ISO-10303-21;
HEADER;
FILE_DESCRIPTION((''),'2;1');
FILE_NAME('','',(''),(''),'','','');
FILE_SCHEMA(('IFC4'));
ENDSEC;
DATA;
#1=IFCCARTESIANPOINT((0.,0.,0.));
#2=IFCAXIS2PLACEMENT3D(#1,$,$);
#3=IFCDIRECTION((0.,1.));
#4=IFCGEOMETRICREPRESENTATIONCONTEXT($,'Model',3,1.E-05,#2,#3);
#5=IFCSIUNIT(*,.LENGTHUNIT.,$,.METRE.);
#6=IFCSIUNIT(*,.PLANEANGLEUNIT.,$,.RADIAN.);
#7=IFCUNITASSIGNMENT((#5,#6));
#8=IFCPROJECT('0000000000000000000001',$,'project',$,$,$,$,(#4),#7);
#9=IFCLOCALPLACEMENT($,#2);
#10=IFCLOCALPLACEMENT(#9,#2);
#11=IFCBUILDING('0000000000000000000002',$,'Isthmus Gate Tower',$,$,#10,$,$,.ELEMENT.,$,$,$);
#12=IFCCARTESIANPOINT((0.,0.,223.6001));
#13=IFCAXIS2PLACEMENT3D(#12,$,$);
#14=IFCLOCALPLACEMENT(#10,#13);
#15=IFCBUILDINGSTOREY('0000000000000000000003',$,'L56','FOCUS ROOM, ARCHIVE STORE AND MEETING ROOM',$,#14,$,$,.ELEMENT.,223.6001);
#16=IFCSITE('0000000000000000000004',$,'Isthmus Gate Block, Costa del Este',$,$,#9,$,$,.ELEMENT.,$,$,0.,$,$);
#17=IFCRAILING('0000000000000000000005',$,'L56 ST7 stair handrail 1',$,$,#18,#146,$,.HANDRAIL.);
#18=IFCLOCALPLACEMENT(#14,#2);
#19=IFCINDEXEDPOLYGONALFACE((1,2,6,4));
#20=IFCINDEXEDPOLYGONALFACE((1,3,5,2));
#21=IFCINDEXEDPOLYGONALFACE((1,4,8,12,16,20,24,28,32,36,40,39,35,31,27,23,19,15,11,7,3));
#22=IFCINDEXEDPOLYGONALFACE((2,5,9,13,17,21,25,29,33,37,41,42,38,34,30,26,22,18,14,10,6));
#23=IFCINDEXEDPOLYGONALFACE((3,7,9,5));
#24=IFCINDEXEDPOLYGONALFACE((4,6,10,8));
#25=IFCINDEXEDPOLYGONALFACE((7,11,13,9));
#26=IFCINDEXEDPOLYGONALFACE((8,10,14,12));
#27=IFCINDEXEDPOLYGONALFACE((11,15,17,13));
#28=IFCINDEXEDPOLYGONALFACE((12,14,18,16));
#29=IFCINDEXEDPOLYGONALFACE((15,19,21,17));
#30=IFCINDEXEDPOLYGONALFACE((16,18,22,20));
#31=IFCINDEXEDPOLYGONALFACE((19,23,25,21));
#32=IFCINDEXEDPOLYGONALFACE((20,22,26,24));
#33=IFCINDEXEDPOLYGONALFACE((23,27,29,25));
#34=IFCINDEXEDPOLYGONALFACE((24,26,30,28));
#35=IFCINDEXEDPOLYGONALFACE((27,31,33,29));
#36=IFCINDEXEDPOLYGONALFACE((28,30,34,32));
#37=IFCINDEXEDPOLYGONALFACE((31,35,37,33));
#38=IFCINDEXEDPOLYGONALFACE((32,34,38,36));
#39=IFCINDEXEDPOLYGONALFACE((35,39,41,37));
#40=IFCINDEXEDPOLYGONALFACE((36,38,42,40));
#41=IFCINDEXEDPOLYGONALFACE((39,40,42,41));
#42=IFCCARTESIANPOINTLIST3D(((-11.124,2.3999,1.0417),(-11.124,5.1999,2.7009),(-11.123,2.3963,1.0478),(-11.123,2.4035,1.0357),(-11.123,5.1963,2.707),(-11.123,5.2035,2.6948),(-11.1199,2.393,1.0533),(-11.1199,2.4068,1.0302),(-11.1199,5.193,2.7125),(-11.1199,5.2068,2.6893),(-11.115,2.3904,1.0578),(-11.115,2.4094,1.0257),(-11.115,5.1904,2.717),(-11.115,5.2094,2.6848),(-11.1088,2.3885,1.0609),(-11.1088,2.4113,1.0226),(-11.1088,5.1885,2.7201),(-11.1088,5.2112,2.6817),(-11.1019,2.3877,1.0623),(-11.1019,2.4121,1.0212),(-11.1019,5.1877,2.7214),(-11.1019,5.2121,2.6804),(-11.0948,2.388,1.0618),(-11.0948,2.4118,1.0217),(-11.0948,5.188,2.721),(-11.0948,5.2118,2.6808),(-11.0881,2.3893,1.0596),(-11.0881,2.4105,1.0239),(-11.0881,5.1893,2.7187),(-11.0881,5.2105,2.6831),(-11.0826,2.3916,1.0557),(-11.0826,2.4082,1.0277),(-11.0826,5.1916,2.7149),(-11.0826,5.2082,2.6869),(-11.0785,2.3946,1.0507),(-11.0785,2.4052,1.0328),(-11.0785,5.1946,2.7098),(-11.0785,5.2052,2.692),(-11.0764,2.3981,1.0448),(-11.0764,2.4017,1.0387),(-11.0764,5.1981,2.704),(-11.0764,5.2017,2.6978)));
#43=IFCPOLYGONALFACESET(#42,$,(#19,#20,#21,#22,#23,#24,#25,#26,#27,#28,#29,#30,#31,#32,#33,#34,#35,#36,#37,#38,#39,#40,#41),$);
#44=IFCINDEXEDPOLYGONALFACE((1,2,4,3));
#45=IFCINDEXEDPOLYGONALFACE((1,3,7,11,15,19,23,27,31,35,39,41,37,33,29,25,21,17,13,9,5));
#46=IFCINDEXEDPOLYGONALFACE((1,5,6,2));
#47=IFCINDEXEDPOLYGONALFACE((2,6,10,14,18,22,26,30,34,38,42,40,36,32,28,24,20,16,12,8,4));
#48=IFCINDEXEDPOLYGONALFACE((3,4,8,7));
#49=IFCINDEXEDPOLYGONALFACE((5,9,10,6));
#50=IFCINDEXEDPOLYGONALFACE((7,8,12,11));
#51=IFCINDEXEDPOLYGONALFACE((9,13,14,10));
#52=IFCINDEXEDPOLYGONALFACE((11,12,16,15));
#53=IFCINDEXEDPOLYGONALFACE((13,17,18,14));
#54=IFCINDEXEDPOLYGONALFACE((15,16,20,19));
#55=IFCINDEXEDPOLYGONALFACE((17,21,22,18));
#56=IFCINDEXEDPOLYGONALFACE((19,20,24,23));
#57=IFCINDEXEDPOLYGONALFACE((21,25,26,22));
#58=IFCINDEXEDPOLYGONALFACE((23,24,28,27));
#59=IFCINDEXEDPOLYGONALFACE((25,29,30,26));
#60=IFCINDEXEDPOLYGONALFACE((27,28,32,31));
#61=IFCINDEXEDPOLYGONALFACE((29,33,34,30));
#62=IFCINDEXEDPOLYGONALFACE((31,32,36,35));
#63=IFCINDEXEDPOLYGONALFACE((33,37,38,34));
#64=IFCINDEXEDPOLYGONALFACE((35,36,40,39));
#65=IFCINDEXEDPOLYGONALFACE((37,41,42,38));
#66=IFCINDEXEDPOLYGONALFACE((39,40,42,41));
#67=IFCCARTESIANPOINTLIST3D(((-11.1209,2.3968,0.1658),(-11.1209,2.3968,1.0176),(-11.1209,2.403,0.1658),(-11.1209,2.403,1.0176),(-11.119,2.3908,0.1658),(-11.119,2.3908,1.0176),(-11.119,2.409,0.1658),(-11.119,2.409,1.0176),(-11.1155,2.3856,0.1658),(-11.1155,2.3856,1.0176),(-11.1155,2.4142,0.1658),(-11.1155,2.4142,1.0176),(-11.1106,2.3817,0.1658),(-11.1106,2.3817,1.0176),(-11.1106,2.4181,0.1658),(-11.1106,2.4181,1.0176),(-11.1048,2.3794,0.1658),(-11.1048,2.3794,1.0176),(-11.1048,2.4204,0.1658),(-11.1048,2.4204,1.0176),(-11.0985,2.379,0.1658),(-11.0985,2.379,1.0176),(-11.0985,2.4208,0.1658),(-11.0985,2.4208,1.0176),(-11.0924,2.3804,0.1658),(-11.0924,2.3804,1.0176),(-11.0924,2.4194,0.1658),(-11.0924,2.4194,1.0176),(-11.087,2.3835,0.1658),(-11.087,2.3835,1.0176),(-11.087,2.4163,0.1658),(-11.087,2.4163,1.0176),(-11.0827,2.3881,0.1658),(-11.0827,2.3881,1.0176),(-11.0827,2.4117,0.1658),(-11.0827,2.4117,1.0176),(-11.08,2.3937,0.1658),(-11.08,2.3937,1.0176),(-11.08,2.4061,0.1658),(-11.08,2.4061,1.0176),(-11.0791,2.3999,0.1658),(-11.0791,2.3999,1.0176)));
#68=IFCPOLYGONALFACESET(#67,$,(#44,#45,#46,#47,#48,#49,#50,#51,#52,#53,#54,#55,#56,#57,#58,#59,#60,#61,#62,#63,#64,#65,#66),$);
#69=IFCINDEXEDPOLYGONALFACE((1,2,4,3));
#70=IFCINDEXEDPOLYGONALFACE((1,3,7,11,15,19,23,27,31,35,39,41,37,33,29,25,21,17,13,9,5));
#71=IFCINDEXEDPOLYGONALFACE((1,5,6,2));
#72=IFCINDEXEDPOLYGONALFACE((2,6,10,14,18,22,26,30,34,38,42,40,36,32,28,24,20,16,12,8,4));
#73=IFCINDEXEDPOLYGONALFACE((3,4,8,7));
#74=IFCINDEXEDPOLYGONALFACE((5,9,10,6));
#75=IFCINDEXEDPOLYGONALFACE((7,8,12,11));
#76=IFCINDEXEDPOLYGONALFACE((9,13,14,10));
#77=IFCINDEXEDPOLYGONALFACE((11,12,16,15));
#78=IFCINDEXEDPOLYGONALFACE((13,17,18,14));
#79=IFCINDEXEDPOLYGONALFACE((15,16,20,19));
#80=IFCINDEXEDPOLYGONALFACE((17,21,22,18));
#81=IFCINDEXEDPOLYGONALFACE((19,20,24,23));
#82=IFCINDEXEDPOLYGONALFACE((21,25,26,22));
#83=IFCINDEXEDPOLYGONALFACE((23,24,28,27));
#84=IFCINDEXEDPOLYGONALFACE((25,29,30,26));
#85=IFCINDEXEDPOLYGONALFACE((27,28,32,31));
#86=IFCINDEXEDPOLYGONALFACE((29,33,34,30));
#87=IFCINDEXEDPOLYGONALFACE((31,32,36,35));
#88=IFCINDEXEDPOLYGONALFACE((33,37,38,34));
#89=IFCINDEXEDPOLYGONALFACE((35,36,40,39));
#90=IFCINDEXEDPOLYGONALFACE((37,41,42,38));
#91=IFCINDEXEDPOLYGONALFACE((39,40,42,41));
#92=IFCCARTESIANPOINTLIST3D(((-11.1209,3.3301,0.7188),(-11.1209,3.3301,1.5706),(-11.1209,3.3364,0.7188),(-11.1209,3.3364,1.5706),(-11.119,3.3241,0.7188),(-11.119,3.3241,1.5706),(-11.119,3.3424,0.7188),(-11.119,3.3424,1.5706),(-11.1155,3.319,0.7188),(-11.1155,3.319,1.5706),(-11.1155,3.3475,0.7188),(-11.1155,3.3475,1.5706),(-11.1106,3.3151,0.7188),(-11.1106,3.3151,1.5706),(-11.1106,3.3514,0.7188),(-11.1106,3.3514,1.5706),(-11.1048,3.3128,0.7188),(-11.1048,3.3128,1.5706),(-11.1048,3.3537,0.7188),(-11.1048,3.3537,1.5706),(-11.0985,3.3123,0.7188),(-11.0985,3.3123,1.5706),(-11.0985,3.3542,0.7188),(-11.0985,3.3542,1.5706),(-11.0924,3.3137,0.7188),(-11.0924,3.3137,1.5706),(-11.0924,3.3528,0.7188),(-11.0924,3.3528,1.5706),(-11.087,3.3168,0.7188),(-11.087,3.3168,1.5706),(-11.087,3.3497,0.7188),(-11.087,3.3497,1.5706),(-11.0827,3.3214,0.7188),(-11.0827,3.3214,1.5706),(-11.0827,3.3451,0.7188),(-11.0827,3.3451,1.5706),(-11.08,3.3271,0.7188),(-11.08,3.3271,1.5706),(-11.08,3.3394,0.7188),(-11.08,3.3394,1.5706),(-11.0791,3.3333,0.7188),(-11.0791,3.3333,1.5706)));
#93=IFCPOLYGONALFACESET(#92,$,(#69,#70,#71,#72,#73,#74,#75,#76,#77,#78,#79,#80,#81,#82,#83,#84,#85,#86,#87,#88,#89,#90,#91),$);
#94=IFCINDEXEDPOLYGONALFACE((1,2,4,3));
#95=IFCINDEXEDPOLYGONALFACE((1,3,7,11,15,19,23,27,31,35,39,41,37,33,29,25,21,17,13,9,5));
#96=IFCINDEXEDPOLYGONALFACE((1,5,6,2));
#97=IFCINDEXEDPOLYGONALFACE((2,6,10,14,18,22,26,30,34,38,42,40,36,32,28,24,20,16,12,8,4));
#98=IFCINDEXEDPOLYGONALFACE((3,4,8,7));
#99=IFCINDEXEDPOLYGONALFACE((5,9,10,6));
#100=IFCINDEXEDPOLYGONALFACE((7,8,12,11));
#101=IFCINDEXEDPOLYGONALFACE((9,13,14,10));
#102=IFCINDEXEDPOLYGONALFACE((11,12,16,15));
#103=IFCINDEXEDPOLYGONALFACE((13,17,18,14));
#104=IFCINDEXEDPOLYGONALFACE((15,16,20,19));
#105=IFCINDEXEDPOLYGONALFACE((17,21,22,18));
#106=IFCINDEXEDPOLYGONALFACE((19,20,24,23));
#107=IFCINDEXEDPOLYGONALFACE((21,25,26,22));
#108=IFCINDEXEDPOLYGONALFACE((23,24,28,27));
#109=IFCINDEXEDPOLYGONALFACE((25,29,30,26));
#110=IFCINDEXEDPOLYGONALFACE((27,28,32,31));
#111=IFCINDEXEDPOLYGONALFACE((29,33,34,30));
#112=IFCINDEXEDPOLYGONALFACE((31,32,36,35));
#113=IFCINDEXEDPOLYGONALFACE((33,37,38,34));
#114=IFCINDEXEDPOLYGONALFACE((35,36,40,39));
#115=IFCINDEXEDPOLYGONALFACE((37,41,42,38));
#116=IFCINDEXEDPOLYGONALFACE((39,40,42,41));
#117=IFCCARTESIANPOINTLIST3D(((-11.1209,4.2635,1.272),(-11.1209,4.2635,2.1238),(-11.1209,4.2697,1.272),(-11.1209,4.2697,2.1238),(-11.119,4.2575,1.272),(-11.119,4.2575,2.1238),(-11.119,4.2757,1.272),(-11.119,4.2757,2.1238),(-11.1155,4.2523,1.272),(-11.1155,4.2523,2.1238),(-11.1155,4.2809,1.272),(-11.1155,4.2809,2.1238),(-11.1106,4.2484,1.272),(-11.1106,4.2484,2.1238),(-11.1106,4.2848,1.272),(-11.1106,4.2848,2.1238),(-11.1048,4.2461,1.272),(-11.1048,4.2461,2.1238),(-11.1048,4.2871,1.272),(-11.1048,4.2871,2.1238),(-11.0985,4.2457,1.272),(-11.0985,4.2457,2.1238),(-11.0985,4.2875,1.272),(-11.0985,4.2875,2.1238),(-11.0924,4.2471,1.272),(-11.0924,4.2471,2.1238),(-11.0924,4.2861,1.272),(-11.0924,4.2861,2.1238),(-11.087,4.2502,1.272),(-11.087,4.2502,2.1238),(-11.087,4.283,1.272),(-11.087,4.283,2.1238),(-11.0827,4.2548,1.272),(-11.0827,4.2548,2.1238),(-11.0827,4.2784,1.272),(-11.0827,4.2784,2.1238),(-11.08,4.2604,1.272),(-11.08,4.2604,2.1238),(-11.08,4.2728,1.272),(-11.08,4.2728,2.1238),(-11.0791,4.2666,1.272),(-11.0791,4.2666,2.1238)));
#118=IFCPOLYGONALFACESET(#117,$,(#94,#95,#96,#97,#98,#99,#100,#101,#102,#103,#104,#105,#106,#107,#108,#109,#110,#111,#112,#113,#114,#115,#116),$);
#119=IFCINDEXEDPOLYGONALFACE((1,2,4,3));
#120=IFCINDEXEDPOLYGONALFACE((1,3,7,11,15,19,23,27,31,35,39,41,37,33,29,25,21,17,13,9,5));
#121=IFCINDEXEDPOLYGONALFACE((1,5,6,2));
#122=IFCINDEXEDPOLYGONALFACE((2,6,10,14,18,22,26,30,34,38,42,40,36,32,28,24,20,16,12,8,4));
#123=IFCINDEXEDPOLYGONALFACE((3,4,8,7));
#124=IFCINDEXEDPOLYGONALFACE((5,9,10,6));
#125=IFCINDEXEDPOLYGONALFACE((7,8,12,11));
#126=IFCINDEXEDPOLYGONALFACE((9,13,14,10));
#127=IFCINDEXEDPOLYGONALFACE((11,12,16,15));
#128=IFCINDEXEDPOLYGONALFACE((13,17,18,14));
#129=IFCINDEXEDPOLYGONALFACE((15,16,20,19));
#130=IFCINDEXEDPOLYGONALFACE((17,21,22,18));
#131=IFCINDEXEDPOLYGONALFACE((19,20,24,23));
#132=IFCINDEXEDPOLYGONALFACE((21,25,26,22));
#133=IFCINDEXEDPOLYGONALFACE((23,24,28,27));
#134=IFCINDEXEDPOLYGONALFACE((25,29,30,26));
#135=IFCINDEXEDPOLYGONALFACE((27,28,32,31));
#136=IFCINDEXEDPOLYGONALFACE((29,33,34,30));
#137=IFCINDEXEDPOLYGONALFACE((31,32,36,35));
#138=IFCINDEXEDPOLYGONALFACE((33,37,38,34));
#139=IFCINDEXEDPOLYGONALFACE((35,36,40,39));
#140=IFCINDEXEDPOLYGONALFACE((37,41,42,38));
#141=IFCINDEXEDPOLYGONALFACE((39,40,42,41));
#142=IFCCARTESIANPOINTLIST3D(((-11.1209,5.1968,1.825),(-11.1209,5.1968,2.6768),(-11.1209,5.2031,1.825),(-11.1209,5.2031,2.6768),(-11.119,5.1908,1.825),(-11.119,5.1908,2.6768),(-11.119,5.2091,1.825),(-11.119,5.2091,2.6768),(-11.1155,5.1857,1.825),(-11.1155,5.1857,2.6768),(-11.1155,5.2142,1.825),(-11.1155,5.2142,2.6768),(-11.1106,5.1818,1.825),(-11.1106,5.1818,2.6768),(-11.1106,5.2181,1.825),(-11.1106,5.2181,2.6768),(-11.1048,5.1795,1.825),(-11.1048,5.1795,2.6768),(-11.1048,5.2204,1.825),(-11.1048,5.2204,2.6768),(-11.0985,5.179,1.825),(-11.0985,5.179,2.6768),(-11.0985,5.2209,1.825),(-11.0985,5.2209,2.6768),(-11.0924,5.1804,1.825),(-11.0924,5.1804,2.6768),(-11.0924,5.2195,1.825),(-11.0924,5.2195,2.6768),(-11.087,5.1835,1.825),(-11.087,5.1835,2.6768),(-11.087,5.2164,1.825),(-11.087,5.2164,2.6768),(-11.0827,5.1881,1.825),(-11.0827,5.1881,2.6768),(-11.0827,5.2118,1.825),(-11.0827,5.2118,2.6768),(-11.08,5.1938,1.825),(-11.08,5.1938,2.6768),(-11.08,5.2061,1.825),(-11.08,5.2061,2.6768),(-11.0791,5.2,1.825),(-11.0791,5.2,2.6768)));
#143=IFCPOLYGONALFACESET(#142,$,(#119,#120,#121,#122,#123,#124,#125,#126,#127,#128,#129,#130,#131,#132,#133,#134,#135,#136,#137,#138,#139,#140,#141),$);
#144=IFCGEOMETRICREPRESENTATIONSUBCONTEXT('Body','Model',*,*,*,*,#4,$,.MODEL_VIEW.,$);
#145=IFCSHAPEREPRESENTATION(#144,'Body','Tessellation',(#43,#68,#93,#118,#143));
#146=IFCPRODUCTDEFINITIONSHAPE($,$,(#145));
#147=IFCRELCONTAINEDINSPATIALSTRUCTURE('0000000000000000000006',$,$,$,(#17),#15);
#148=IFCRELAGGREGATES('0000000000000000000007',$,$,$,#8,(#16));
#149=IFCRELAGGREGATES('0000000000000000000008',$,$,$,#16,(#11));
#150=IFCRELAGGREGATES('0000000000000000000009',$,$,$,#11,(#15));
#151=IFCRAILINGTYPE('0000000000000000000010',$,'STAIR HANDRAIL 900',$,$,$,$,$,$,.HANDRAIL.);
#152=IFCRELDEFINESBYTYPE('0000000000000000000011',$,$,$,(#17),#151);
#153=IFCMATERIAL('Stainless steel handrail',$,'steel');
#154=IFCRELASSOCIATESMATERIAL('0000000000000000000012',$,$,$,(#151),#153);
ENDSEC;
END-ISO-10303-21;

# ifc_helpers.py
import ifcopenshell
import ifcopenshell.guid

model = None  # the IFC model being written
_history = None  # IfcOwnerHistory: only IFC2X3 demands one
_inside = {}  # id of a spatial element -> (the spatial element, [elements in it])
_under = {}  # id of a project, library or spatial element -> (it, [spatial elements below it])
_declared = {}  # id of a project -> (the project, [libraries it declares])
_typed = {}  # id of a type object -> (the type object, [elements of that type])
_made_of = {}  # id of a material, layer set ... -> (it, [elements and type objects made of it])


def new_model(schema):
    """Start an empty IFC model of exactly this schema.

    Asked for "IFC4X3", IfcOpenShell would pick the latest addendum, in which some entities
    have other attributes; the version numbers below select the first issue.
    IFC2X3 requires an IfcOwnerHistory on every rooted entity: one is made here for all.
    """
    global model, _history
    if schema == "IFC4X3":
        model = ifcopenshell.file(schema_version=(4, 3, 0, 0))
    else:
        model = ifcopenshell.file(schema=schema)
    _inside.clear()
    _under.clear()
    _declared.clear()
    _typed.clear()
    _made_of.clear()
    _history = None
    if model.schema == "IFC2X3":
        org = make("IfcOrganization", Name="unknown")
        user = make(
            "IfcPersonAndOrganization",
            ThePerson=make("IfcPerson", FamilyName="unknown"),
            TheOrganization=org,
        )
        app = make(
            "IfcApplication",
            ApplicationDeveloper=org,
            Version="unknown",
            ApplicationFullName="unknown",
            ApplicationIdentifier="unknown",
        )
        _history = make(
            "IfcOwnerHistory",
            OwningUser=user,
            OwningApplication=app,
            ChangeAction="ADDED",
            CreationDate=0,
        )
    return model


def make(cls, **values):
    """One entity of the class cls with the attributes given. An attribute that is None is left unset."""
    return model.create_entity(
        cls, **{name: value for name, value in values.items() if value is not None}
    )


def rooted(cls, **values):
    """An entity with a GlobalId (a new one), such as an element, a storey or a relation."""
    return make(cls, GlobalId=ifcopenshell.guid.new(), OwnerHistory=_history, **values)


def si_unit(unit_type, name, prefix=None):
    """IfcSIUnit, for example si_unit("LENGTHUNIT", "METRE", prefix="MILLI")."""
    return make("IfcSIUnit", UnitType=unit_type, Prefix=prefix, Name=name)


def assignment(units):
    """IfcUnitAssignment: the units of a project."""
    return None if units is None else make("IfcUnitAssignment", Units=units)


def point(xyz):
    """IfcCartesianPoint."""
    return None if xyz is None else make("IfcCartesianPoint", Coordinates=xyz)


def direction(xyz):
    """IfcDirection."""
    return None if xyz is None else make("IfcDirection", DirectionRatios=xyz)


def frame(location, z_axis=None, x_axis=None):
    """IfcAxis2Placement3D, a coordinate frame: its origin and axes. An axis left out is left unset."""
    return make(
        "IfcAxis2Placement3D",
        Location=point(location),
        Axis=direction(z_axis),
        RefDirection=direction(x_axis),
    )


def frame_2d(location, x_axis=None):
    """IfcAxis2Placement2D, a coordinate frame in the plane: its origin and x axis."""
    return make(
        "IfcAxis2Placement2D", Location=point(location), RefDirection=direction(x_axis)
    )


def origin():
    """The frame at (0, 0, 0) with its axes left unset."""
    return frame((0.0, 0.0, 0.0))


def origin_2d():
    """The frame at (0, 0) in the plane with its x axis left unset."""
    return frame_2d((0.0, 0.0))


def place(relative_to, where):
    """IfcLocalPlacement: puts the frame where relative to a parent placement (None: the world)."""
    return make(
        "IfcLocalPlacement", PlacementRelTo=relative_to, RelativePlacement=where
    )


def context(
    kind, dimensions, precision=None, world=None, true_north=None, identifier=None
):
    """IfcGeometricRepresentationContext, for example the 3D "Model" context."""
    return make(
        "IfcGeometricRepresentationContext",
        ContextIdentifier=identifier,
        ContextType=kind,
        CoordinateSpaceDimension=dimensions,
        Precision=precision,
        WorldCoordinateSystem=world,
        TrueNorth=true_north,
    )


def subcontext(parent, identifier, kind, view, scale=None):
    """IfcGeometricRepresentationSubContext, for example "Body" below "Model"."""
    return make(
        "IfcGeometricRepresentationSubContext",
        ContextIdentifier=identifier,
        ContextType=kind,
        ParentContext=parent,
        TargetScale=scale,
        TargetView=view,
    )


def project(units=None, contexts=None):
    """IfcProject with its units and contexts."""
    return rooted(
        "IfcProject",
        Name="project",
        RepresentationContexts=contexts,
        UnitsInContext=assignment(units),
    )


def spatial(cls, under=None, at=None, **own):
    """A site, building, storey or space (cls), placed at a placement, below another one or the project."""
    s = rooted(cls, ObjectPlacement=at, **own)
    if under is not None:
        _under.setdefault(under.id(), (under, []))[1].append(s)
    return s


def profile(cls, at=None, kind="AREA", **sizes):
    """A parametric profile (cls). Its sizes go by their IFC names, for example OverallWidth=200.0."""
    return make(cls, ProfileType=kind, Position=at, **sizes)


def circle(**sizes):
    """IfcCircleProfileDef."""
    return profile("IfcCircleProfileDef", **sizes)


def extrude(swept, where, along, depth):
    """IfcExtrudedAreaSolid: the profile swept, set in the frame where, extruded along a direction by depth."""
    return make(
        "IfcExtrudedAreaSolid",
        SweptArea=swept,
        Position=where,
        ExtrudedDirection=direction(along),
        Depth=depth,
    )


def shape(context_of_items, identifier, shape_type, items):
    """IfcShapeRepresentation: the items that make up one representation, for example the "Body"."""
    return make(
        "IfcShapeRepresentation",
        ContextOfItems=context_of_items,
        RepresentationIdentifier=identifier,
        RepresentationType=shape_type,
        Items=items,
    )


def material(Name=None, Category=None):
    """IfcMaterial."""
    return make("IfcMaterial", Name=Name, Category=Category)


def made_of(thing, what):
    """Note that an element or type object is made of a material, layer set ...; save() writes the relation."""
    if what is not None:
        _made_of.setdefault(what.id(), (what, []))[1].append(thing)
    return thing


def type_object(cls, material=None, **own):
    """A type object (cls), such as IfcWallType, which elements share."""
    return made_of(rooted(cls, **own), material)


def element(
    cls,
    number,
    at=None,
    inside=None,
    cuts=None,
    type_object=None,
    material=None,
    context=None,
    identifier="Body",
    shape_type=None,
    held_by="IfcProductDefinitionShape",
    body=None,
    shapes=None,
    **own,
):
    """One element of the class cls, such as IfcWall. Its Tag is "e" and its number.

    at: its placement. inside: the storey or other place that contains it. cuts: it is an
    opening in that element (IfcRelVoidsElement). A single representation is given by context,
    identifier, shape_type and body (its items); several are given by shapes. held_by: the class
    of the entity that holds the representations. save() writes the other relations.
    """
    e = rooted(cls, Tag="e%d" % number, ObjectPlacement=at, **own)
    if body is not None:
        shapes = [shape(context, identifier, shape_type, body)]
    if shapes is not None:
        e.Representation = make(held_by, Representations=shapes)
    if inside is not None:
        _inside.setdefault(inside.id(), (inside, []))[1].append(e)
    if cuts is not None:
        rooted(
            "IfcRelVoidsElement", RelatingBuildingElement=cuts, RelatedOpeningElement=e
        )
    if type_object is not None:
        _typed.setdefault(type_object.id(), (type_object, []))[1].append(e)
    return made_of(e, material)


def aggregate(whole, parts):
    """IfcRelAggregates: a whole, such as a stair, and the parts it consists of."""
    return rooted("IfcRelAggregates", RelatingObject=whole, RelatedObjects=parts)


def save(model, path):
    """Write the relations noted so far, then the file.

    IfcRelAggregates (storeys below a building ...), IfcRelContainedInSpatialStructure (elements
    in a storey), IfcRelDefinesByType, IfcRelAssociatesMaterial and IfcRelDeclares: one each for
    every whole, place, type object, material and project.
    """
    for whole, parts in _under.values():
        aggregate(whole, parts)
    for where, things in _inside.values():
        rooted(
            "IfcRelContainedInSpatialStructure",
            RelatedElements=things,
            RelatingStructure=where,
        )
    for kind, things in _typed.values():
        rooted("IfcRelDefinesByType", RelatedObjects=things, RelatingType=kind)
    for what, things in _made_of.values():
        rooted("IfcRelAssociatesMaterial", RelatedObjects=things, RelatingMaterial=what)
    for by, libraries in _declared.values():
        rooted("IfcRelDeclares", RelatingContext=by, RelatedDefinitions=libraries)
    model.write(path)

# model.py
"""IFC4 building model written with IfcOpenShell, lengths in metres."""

from ifc_helpers import new_model, si_unit, direction, frame, origin, origin_2d, place, context, subcontext, project, spatial, circle, extrude, material, type_object, element, save


model = new_model("IFC4")

# Units and contexts
model_context = context("Model", 3, precision=1e-05, world=origin(), true_north=direction((0.0, 1.0)))
body_context = subcontext(model_context, "Body", "Model", "MODEL_VIEW")
ifc_project = project(units=[si_unit("LENGTHUNIT", "METRE"), si_unit("PLANEANGLEUNIT", "RADIAN")], contexts=[model_context])

# Site, building, storey
site_placement = place(None, origin())
site = spatial("IfcSite", under=ifc_project, at=site_placement, Name="Isthmus Gate Block, Costa del Este", CompositionType="ELEMENT", RefElevation=0.0)
building_placement = place(site_placement, origin())
building = spatial("IfcBuilding", under=site, at=building_placement, Name="Isthmus Gate Tower", CompositionType="ELEMENT")
storey_placement = place(building_placement, frame((0.0, 0.0, 223.6001)))
storey = spatial("IfcBuildingStorey", under=building, at=storey_placement, Name="L56", Description="FOCUS ROOM, ARCHIVE STORE AND MEETING ROOM", CompositionType="ELEMENT", Elevation=223.6001)

# Railing
ifc_material_1 = material(Name="Stainless steel handrail", Category="steel")
railing_type_1 = type_object("IfcRailingType", Name="STAIR HANDRAIL 900", PredefinedType="HANDRAIL", material=ifc_material_1)
railing_1_placement = place(storey_placement, frame((-11.1001, 2.3999, 0.1658)))
element("IfcRailing", 1, at=railing_1_placement, inside=storey, type_object=railing_type_1, Name="L56 ST7 stair handrail 1", PredefinedType="HANDRAIL", context=body_context, shape_type="SweptSolid", body=[
    extrude(circle(Radius=0.0239, at=origin_2d()), frame((0.0, 0.0, 0.876), z_axis=(0.0, 0.860306, 0.509778), x_axis=(-1.0, 0.0, 0.0)), (0.0, 0.0, 1.0), 3.2546),
    extrude(circle(Radius=0.021, at=origin_2d()), origin(), (0.0, 0.0, 1.0), 0.8518),
    extrude(circle(Radius=0.021, at=origin_2d()), frame((0.0, 0.9333, 0.553)), (0.0, 0.0, 1.0), 0.8518),
    extrude(circle(Radius=0.021, at=origin_2d()), frame((0.0, 1.8667, 1.1062)), (0.0, 0.0, 1.0), 0.8518),
    extrude(circle(Radius=0.021, at=origin_2d()), frame((0.0, 2.8, 1.6592)), (0.0, 0.0, 1.0), 0.8518),
])

save(model, "model.ifc")
